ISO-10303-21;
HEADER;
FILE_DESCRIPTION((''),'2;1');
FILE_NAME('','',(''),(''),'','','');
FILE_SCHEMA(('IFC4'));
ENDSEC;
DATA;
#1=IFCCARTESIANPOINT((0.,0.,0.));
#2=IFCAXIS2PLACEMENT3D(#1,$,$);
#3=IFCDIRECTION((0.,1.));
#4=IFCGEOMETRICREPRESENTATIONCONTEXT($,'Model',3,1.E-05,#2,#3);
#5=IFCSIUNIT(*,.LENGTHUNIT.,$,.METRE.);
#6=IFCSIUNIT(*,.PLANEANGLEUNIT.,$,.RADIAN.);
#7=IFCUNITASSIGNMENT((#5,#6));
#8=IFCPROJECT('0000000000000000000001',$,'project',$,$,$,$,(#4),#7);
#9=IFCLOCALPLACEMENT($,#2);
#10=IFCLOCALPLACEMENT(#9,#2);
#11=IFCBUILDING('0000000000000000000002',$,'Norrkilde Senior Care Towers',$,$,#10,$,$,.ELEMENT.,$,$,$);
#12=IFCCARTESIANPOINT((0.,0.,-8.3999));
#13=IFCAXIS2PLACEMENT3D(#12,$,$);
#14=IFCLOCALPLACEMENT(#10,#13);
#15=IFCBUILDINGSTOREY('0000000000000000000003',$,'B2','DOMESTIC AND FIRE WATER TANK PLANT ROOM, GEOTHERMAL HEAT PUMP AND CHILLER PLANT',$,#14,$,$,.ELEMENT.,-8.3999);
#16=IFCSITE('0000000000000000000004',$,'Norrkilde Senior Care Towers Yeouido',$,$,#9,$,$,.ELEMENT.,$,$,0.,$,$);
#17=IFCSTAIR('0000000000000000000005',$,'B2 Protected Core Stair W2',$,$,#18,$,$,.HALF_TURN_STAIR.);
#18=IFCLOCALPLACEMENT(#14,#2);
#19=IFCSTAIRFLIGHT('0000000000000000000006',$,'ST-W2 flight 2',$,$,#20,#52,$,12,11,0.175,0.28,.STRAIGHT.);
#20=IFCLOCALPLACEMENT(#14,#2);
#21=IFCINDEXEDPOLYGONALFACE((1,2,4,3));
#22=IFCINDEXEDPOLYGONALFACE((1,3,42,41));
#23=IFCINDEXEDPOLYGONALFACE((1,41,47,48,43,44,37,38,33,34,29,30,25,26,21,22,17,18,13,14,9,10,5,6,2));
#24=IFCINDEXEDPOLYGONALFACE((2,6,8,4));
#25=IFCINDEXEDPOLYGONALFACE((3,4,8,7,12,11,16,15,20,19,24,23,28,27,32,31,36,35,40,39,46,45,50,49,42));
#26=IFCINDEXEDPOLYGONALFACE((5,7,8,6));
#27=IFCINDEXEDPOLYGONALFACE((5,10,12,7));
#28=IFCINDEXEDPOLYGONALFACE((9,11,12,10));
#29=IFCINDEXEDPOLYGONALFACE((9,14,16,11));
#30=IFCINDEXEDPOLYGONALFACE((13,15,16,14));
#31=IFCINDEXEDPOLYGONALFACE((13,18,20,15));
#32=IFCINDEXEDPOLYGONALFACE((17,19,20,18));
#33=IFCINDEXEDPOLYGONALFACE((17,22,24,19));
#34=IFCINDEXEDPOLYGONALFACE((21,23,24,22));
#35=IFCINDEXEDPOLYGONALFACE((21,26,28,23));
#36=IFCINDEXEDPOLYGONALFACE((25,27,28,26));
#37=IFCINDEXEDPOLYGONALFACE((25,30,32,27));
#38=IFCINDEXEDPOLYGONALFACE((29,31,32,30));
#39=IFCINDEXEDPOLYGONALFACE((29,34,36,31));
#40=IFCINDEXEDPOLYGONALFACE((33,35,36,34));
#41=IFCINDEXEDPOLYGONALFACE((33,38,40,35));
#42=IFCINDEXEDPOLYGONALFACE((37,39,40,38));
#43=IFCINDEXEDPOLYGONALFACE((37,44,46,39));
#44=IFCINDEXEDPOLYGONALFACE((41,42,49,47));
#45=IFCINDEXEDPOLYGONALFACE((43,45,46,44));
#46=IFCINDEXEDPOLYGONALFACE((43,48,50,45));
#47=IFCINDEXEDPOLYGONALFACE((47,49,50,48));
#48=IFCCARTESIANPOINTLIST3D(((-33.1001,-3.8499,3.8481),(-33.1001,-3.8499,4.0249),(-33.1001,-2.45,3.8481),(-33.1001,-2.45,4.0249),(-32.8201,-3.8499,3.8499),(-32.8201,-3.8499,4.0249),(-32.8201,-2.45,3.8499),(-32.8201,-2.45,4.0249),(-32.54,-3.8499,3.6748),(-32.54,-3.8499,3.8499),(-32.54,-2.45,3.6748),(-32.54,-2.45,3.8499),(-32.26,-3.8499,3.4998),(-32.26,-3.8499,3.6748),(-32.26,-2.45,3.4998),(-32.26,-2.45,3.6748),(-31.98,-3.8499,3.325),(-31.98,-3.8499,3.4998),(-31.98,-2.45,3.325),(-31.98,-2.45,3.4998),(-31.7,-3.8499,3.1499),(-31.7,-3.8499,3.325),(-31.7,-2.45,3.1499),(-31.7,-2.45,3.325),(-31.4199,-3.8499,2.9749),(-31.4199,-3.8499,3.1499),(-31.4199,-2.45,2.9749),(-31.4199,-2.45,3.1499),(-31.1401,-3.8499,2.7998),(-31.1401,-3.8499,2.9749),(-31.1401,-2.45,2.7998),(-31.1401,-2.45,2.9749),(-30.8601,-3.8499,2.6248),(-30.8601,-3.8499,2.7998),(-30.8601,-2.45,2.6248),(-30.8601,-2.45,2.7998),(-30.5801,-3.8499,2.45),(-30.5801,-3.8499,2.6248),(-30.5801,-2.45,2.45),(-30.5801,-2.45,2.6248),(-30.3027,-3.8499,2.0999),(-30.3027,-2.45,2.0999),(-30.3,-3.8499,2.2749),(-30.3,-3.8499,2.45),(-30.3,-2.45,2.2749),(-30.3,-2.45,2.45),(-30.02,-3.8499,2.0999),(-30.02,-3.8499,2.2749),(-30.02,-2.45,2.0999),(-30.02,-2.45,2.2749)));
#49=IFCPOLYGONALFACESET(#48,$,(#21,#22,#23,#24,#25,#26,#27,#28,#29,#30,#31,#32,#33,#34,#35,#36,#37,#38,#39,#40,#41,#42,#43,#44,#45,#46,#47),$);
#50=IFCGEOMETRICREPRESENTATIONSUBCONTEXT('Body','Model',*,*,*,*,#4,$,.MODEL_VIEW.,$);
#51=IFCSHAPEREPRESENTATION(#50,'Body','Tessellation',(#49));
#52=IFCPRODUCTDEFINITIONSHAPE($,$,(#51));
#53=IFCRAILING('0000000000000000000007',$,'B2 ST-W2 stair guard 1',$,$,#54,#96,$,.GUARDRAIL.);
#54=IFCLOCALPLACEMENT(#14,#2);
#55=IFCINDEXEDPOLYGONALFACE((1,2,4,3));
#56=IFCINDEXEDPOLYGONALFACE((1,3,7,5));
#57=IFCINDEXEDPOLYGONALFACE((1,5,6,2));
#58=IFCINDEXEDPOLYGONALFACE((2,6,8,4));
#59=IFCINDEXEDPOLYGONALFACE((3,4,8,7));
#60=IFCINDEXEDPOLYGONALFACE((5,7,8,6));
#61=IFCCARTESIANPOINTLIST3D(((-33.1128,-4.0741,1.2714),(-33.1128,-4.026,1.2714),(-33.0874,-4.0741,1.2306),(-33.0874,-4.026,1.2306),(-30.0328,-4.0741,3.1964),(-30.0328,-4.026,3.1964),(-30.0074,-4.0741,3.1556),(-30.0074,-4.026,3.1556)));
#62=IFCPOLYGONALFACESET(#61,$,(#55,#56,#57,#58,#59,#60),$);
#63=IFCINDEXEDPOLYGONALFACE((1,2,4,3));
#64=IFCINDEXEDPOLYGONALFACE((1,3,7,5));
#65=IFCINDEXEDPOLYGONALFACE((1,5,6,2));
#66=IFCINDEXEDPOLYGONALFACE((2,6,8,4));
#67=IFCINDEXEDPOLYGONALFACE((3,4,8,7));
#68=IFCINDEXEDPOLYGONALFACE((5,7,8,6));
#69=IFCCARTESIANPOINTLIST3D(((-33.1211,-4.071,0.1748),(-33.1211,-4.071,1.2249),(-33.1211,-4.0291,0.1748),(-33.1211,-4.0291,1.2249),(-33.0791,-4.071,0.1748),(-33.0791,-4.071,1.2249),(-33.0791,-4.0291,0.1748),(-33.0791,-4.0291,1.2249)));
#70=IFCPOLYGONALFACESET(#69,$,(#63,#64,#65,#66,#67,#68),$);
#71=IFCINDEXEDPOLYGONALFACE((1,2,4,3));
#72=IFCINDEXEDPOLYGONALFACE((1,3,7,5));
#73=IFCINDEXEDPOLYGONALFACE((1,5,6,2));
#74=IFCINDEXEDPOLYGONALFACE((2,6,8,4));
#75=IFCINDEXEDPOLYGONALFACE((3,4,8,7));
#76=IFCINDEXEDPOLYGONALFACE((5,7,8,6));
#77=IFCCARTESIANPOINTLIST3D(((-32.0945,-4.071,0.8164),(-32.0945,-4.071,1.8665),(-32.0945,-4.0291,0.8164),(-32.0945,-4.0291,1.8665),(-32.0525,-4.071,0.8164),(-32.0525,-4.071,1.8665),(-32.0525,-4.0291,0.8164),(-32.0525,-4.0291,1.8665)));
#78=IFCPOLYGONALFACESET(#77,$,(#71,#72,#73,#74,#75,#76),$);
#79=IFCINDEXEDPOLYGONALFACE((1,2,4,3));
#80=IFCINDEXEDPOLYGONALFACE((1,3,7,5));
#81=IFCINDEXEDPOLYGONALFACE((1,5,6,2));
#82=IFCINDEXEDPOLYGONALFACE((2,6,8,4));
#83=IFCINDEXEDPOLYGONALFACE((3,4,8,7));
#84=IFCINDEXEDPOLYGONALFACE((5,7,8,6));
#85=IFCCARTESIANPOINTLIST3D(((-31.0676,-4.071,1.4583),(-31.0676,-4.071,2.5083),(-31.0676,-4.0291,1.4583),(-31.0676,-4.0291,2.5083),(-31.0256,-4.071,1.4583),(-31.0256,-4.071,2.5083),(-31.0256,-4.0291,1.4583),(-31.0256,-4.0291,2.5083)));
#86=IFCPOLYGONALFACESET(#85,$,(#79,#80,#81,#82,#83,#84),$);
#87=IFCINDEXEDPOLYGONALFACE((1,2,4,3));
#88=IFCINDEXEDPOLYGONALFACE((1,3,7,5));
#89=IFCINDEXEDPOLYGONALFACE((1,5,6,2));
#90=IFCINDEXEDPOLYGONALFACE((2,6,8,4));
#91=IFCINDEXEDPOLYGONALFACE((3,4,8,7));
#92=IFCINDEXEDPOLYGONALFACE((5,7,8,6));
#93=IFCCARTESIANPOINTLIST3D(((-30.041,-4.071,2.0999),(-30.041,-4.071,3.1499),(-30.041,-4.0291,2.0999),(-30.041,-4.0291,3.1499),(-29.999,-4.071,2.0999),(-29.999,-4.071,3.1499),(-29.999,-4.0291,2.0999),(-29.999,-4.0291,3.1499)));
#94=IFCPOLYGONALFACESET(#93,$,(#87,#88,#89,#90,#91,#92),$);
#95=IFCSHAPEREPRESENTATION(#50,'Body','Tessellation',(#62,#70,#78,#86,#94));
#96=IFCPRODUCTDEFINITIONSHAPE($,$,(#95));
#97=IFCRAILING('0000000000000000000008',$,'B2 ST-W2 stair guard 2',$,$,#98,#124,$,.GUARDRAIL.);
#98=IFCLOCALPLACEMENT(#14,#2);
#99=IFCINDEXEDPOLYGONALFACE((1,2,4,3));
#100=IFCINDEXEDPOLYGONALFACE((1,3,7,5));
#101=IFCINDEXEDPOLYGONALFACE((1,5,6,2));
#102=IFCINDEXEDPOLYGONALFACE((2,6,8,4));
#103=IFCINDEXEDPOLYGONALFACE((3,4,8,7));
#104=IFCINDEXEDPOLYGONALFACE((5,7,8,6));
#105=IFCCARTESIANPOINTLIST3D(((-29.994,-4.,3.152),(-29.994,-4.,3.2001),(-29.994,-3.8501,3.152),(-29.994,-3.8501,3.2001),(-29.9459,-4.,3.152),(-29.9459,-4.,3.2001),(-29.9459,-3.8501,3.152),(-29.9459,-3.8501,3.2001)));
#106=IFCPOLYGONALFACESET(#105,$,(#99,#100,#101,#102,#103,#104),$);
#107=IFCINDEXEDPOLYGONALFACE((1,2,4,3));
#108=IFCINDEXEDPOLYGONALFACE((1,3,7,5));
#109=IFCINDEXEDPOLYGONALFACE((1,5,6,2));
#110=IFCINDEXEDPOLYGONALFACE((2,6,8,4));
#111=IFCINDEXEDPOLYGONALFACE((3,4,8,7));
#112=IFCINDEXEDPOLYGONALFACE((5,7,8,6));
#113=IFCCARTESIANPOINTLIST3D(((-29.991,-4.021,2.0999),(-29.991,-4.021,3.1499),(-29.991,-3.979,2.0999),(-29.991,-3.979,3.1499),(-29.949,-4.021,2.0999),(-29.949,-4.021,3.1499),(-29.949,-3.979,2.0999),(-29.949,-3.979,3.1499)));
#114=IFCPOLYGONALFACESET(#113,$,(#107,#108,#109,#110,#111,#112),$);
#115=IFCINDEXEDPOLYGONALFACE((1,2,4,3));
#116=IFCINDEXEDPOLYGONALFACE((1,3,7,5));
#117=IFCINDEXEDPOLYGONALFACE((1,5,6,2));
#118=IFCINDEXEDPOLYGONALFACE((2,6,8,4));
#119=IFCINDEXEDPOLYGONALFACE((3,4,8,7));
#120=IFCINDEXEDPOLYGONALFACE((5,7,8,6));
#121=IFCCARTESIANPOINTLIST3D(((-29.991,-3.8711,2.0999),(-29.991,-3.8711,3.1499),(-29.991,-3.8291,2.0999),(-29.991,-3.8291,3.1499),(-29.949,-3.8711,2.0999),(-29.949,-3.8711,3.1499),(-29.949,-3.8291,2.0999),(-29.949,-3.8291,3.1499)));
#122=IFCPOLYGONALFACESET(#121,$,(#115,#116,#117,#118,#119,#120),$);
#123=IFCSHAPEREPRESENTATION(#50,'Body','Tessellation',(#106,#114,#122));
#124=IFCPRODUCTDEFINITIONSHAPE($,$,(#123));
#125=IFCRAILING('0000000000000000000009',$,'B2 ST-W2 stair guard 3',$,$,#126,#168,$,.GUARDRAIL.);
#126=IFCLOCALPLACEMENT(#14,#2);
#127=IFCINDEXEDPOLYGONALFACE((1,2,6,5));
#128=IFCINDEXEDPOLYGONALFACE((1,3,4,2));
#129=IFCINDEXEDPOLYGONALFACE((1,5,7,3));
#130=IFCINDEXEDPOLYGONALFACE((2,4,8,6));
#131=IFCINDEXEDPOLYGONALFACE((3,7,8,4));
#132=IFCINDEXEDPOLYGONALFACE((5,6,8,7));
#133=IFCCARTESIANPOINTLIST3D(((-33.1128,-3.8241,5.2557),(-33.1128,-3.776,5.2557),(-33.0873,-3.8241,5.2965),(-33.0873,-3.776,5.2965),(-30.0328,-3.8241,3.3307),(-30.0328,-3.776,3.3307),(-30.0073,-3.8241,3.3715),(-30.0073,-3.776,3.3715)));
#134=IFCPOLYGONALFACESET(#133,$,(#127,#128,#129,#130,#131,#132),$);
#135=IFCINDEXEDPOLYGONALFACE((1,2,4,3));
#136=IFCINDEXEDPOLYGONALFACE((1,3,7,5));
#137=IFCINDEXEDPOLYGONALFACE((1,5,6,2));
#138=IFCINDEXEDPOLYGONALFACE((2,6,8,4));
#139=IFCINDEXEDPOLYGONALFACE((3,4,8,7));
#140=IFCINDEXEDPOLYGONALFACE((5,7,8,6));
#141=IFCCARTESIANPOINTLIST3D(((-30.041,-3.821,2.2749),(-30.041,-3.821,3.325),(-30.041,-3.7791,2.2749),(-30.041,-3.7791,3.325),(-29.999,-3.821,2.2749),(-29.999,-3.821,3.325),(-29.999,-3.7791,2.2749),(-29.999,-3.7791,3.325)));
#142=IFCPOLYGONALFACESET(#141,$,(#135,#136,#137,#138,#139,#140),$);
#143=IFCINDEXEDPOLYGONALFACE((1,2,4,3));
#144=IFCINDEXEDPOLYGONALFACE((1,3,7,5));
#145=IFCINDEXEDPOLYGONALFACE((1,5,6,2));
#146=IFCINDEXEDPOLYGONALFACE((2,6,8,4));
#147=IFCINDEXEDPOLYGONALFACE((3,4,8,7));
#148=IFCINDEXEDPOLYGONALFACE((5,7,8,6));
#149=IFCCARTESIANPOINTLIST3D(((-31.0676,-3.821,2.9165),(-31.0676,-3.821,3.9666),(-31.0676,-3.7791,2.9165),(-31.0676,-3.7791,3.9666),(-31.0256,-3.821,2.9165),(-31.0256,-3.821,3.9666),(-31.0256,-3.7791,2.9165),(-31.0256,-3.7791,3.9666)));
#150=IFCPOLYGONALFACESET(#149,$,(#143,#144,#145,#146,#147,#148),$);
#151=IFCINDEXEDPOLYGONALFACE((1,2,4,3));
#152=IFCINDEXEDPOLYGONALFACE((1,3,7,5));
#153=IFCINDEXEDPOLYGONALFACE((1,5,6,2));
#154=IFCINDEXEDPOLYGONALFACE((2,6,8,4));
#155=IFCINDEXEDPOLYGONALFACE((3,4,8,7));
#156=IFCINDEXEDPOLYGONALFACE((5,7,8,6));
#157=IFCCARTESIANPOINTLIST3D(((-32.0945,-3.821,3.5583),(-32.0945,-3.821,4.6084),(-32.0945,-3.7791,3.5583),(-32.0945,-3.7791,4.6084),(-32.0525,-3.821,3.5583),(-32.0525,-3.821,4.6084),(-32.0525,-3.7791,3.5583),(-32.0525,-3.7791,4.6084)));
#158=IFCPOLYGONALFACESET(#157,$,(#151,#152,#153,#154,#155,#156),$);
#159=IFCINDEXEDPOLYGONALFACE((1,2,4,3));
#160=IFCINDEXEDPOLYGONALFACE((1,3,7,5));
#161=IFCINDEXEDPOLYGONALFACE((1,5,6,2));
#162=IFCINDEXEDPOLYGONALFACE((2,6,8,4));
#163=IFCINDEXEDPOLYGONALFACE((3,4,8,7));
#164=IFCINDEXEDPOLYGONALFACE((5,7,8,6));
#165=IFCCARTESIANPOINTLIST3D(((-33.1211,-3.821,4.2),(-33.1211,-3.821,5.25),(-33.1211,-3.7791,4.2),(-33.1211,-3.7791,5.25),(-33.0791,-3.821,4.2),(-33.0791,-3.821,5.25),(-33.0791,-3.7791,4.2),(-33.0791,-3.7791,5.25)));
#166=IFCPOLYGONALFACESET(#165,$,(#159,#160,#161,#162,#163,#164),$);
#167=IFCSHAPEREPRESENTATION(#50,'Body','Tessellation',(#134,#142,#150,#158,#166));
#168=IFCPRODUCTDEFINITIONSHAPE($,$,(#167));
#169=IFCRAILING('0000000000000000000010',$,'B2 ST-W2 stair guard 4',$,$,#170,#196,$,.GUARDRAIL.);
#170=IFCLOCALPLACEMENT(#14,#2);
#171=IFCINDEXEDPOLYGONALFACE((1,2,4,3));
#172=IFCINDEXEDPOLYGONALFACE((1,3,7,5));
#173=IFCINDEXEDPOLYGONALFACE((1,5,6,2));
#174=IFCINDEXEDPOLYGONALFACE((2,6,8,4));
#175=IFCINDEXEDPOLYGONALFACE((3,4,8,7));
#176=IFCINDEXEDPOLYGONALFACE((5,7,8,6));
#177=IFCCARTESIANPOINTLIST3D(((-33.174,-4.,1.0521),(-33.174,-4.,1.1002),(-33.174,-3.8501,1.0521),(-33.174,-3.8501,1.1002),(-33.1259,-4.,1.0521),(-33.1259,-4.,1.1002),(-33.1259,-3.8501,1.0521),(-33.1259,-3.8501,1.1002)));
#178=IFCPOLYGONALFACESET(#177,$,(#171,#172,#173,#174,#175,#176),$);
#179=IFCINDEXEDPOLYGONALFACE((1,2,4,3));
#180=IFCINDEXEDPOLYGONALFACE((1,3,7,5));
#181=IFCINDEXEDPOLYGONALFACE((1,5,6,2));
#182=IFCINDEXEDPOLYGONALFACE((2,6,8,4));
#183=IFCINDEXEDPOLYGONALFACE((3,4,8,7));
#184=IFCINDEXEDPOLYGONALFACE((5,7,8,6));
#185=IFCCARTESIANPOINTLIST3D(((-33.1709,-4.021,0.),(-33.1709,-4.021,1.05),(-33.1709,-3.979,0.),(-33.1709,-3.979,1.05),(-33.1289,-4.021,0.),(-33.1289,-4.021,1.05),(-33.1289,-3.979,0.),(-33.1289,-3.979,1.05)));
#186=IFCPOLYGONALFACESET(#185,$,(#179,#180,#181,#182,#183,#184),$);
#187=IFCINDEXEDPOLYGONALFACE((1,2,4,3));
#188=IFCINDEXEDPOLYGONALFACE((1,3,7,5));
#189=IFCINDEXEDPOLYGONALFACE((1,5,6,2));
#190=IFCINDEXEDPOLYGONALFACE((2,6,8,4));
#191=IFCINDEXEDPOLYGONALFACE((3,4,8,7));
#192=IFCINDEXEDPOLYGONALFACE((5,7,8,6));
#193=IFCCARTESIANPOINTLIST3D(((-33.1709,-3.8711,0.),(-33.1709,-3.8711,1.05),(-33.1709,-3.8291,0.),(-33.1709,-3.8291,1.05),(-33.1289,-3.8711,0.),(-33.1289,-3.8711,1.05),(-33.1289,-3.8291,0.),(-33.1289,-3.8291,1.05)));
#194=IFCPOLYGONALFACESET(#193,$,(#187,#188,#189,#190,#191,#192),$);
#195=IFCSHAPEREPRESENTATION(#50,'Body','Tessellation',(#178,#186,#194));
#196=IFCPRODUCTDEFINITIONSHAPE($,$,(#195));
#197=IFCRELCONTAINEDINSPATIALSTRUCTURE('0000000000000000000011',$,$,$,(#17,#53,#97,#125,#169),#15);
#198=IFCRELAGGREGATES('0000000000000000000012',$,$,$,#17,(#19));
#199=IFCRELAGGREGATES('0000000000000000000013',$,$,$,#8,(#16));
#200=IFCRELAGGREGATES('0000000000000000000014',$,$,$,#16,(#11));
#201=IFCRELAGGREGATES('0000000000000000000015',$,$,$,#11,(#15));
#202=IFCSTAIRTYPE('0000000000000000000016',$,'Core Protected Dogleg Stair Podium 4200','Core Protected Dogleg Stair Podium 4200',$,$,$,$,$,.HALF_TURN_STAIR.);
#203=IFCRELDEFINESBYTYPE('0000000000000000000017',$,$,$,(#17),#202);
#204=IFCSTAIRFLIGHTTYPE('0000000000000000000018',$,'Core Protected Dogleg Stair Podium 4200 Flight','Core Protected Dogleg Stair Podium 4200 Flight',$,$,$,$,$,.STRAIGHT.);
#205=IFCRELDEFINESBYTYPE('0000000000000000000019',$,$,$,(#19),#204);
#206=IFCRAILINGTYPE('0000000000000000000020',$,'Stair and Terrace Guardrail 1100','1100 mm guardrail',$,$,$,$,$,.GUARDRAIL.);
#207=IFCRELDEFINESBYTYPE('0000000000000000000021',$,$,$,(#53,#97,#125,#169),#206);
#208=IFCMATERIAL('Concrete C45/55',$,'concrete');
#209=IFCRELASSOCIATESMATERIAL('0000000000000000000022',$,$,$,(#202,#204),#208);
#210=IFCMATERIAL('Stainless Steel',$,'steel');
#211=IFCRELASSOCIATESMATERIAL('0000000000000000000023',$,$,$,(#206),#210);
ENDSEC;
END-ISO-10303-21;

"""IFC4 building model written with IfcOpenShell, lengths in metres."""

from ifc_helpers import new_model, si_unit, direction, frame, origin, origin_2d, place, context, subcontext, project, spatial, polyline, rectangle, outline, extrude, material, type_object, element, aggregate, save


model = new_model("IFC4")

# Units and contexts
model_context = context("Model", 3, precision=1e-05, world=origin(), true_north=direction((0.0, 1.0)))
body_context = subcontext(model_context, "Body", "Model", "MODEL_VIEW")
ifc_project = project(units=[si_unit("LENGTHUNIT", "METRE"), si_unit("PLANEANGLEUNIT", "RADIAN")], contexts=[model_context])

# Site, building, storey
site_placement = place(None, origin())
site = spatial("IfcSite", under=ifc_project, at=site_placement, Name="Norrkilde Senior Care Towers Yeouido", CompositionType="ELEMENT", RefElevation=0.0)
building_placement = place(site_placement, origin())
building = spatial("IfcBuilding", under=site, at=building_placement, Name="Norrkilde Senior Care Towers", CompositionType="ELEMENT")
storey_placement = place(building_placement, frame((0.0, 0.0, -8.3999)))
storey = spatial("IfcBuildingStorey", under=building, at=storey_placement, Name="B2", Description="DOMESTIC AND FIRE WATER TANK PLANT ROOM, GEOTHERMAL HEAT PUMP AND CHILLER PLANT", CompositionType="ELEMENT", Elevation=-8.3999)

# Shared definitions
ifc_material_1 = material(Name="Concrete C45/55", Category="concrete")

# Stair, stair flight
stair_type = type_object("IfcStairType", Name="Core Protected Dogleg Stair Podium 4200", Description="Core Protected Dogleg Stair Podium 4200", PredefinedType="HALF_TURN_STAIR", material=ifc_material_1)
stair_placement = place(storey_placement, origin())
stair = element("IfcStair", 1, at=stair_placement, inside=storey, type_object=stair_type, Name="B2 Protected Core Stair W2", PredefinedType="HALF_TURN_STAIR")
stair_flight_type = type_object("IfcStairFlightType", Name="Core Protected Dogleg Stair Podium 4200 Flight", Description="Core Protected Dogleg Stair Podium 4200 Flight", PredefinedType="STRAIGHT", material=ifc_material_1)
stair_flight_1_placement = place(storey_placement, frame((-30.02, -3.1499, 2.0999), z_axis=(0.0, 0.0, 1.0), x_axis=(-1.0, 0.0, 0.0)))
stair_flight_1 = element("IfcStairFlight", 2, at=stair_flight_1_placement, type_object=stair_flight_type, Name="ST-W2 flight 2", NumberOfRisers=12, NumberOfTreads=11, PredefinedType="STRAIGHT", RiserHeight=0.175, TreadLength=0.28, context=body_context, shape_type="SweptSolid", body=[
    extrude(outline(polyline([(0.0, 0.0), (0.0, 0.175), (0.28, 0.175), (0.28, 0.3501), (0.5601, 0.3501), (0.5601, 0.5249), (0.8401, 0.5249), (0.8401, 0.7), (1.1201, 0.7), (1.1201, 0.875), (1.3999, 0.875), (1.3999, 1.05), (1.6799, 1.05), (1.6799, 1.2251), (1.96, 1.2251), (1.96, 1.3999), (2.24, 1.3999), (2.24, 1.575), (2.52, 1.575), (2.52, 1.75), (2.8, 1.75), (2.8, 1.925), (3.0801, 1.925), (3.0801, 2.1001), (3.0801, 1.7483), (0.2827, 0.0), (0.0, 0.0)])), frame((0.0, 0.7, 0.0), z_axis=(0.0, -1.0, 0.0), x_axis=(1.0, 0.0, 0.0)), (0.0, 0.0, 1.0), 1.3999),
])
aggregate(stair, [stair_flight_1])

# Railings
ifc_material_2 = material(Name="Stainless Steel", Category="steel")
railing_type_1 = type_object("IfcRailingType", Name="Stair and Terrace Guardrail 1100", Description="1100 mm guardrail", PredefinedType="GUARDRAIL", material=ifc_material_2)
railing_1_placement = place(storey_placement, frame((-33.1001, -4.05, 0.1748)))
element("IfcRailing", 3, at=railing_1_placement, inside=storey, type_object=railing_type_1, Name="B2 ST-W2 stair guard 1", PredefinedType="GUARDRAIL", context=body_context, shape_type="SweptSolid", body=[
    extrude(rectangle(XDim=0.0481, YDim=0.0481, at=origin_2d()), frame((0.0, 0.0, 1.0762), z_axis=(0.847998, 0.0, 0.529999), x_axis=(0.0, 1.0, 0.0)), (0.0, 0.0, 1.0), 3.6321),
    extrude(rectangle(XDim=0.042, YDim=0.042, at=origin_2d()), origin(), (0.0, 0.0, 1.0), 1.05),
    extrude(rectangle(XDim=0.042, YDim=0.042, at=origin_2d()), frame((1.0266, 0.0, 0.6416)), (0.0, 0.0, 1.0), 1.05),
    extrude(rectangle(XDim=0.042, YDim=0.042, at=origin_2d()), frame((2.0535, 0.0, 1.2834)), (0.0, 0.0, 1.0), 1.05),
    extrude(rectangle(XDim=0.042, YDim=0.042, at=origin_2d()), frame((3.0801, 0.0, 1.925)), (0.0, 0.0, 1.0), 1.05),
])
railing_2_placement = place(storey_placement, frame((-29.97, -4.0, 2.0999)))
element("IfcRailing", 4, at=railing_2_placement, inside=storey, type_object=railing_type_1, Name="B2 ST-W2 stair guard 2", PredefinedType="GUARDRAIL", context=body_context, shape_type="SweptSolid", body=[
    extrude(rectangle(XDim=0.0481, YDim=0.0481, at=origin_2d()), frame((0.0, 0.0, 1.0762), z_axis=(0.0, 1.0, 0.0), x_axis=(-1.0, 0.0, 0.0)), (0.0, 0.0, 1.0), 0.1499),
    extrude(rectangle(XDim=0.042, YDim=0.042, at=origin_2d()), origin(), (0.0, 0.0, 1.0), 1.05),
    extrude(rectangle(XDim=0.042, YDim=0.042, at=origin_2d()), frame((0.0, 0.1499, 0.0)), (0.0, 0.0, 1.0), 1.05),
])
railing_3_placement = place(storey_placement, frame((-30.02, -3.8, 2.2749)))
element("IfcRailing", 5, at=railing_3_placement, inside=storey, type_object=railing_type_1, Name="B2 ST-W2 stair guard 3", PredefinedType="GUARDRAIL", context=body_context, shape_type="SweptSolid", body=[
    extrude(rectangle(XDim=0.0481, YDim=0.0481, at=origin_2d()), frame((0.0, 0.0, 1.0762), z_axis=(-0.847998, 0.0, 0.529999), x_axis=(0.0, -1.0, 0.0)), (0.0, 0.0, 1.0), 3.6321),
    extrude(rectangle(XDim=0.042, YDim=0.042, at=origin_2d()), origin(), (0.0, 0.0, 1.0), 1.05),
    extrude(rectangle(XDim=0.042, YDim=0.042, at=origin_2d()), frame((-1.0266, 0.0, 0.6416)), (0.0, 0.0, 1.0), 1.05),
    extrude(rectangle(XDim=0.042, YDim=0.042, at=origin_2d()), frame((-2.0535, 0.0, 1.2834)), (0.0, 0.0, 1.0), 1.05),
    extrude(rectangle(XDim=0.042, YDim=0.042, at=origin_2d()), frame((-3.0801, 0.0, 1.925)), (0.0, 0.0, 1.0), 1.05),
])
railing_4_placement = place(storey_placement, frame((-33.1499, -4.0, 0.0)))
element("IfcRailing", 6, at=railing_4_placement, inside=storey, type_object=railing_type_1, Name="B2 ST-W2 stair guard 4", PredefinedType="GUARDRAIL", context=body_context, shape_type="SweptSolid", body=[
    extrude(rectangle(XDim=0.0481, YDim=0.0481, at=origin_2d()), frame((0.0, 0.0, 1.0762), z_axis=(0.0, 1.0, 0.0), x_axis=(-1.0, 0.0, 0.0)), (0.0, 0.0, 1.0), 0.1499),
    extrude(rectangle(XDim=0.042, YDim=0.042, at=origin_2d()), origin(), (0.0, 0.0, 1.0), 1.05),
    extrude(rectangle(XDim=0.042, YDim=0.042, at=origin_2d()), frame((0.0, 0.1499, 0.0)), (0.0, 0.0, 1.0), 1.05),
])

save(model, "model.ifc")
